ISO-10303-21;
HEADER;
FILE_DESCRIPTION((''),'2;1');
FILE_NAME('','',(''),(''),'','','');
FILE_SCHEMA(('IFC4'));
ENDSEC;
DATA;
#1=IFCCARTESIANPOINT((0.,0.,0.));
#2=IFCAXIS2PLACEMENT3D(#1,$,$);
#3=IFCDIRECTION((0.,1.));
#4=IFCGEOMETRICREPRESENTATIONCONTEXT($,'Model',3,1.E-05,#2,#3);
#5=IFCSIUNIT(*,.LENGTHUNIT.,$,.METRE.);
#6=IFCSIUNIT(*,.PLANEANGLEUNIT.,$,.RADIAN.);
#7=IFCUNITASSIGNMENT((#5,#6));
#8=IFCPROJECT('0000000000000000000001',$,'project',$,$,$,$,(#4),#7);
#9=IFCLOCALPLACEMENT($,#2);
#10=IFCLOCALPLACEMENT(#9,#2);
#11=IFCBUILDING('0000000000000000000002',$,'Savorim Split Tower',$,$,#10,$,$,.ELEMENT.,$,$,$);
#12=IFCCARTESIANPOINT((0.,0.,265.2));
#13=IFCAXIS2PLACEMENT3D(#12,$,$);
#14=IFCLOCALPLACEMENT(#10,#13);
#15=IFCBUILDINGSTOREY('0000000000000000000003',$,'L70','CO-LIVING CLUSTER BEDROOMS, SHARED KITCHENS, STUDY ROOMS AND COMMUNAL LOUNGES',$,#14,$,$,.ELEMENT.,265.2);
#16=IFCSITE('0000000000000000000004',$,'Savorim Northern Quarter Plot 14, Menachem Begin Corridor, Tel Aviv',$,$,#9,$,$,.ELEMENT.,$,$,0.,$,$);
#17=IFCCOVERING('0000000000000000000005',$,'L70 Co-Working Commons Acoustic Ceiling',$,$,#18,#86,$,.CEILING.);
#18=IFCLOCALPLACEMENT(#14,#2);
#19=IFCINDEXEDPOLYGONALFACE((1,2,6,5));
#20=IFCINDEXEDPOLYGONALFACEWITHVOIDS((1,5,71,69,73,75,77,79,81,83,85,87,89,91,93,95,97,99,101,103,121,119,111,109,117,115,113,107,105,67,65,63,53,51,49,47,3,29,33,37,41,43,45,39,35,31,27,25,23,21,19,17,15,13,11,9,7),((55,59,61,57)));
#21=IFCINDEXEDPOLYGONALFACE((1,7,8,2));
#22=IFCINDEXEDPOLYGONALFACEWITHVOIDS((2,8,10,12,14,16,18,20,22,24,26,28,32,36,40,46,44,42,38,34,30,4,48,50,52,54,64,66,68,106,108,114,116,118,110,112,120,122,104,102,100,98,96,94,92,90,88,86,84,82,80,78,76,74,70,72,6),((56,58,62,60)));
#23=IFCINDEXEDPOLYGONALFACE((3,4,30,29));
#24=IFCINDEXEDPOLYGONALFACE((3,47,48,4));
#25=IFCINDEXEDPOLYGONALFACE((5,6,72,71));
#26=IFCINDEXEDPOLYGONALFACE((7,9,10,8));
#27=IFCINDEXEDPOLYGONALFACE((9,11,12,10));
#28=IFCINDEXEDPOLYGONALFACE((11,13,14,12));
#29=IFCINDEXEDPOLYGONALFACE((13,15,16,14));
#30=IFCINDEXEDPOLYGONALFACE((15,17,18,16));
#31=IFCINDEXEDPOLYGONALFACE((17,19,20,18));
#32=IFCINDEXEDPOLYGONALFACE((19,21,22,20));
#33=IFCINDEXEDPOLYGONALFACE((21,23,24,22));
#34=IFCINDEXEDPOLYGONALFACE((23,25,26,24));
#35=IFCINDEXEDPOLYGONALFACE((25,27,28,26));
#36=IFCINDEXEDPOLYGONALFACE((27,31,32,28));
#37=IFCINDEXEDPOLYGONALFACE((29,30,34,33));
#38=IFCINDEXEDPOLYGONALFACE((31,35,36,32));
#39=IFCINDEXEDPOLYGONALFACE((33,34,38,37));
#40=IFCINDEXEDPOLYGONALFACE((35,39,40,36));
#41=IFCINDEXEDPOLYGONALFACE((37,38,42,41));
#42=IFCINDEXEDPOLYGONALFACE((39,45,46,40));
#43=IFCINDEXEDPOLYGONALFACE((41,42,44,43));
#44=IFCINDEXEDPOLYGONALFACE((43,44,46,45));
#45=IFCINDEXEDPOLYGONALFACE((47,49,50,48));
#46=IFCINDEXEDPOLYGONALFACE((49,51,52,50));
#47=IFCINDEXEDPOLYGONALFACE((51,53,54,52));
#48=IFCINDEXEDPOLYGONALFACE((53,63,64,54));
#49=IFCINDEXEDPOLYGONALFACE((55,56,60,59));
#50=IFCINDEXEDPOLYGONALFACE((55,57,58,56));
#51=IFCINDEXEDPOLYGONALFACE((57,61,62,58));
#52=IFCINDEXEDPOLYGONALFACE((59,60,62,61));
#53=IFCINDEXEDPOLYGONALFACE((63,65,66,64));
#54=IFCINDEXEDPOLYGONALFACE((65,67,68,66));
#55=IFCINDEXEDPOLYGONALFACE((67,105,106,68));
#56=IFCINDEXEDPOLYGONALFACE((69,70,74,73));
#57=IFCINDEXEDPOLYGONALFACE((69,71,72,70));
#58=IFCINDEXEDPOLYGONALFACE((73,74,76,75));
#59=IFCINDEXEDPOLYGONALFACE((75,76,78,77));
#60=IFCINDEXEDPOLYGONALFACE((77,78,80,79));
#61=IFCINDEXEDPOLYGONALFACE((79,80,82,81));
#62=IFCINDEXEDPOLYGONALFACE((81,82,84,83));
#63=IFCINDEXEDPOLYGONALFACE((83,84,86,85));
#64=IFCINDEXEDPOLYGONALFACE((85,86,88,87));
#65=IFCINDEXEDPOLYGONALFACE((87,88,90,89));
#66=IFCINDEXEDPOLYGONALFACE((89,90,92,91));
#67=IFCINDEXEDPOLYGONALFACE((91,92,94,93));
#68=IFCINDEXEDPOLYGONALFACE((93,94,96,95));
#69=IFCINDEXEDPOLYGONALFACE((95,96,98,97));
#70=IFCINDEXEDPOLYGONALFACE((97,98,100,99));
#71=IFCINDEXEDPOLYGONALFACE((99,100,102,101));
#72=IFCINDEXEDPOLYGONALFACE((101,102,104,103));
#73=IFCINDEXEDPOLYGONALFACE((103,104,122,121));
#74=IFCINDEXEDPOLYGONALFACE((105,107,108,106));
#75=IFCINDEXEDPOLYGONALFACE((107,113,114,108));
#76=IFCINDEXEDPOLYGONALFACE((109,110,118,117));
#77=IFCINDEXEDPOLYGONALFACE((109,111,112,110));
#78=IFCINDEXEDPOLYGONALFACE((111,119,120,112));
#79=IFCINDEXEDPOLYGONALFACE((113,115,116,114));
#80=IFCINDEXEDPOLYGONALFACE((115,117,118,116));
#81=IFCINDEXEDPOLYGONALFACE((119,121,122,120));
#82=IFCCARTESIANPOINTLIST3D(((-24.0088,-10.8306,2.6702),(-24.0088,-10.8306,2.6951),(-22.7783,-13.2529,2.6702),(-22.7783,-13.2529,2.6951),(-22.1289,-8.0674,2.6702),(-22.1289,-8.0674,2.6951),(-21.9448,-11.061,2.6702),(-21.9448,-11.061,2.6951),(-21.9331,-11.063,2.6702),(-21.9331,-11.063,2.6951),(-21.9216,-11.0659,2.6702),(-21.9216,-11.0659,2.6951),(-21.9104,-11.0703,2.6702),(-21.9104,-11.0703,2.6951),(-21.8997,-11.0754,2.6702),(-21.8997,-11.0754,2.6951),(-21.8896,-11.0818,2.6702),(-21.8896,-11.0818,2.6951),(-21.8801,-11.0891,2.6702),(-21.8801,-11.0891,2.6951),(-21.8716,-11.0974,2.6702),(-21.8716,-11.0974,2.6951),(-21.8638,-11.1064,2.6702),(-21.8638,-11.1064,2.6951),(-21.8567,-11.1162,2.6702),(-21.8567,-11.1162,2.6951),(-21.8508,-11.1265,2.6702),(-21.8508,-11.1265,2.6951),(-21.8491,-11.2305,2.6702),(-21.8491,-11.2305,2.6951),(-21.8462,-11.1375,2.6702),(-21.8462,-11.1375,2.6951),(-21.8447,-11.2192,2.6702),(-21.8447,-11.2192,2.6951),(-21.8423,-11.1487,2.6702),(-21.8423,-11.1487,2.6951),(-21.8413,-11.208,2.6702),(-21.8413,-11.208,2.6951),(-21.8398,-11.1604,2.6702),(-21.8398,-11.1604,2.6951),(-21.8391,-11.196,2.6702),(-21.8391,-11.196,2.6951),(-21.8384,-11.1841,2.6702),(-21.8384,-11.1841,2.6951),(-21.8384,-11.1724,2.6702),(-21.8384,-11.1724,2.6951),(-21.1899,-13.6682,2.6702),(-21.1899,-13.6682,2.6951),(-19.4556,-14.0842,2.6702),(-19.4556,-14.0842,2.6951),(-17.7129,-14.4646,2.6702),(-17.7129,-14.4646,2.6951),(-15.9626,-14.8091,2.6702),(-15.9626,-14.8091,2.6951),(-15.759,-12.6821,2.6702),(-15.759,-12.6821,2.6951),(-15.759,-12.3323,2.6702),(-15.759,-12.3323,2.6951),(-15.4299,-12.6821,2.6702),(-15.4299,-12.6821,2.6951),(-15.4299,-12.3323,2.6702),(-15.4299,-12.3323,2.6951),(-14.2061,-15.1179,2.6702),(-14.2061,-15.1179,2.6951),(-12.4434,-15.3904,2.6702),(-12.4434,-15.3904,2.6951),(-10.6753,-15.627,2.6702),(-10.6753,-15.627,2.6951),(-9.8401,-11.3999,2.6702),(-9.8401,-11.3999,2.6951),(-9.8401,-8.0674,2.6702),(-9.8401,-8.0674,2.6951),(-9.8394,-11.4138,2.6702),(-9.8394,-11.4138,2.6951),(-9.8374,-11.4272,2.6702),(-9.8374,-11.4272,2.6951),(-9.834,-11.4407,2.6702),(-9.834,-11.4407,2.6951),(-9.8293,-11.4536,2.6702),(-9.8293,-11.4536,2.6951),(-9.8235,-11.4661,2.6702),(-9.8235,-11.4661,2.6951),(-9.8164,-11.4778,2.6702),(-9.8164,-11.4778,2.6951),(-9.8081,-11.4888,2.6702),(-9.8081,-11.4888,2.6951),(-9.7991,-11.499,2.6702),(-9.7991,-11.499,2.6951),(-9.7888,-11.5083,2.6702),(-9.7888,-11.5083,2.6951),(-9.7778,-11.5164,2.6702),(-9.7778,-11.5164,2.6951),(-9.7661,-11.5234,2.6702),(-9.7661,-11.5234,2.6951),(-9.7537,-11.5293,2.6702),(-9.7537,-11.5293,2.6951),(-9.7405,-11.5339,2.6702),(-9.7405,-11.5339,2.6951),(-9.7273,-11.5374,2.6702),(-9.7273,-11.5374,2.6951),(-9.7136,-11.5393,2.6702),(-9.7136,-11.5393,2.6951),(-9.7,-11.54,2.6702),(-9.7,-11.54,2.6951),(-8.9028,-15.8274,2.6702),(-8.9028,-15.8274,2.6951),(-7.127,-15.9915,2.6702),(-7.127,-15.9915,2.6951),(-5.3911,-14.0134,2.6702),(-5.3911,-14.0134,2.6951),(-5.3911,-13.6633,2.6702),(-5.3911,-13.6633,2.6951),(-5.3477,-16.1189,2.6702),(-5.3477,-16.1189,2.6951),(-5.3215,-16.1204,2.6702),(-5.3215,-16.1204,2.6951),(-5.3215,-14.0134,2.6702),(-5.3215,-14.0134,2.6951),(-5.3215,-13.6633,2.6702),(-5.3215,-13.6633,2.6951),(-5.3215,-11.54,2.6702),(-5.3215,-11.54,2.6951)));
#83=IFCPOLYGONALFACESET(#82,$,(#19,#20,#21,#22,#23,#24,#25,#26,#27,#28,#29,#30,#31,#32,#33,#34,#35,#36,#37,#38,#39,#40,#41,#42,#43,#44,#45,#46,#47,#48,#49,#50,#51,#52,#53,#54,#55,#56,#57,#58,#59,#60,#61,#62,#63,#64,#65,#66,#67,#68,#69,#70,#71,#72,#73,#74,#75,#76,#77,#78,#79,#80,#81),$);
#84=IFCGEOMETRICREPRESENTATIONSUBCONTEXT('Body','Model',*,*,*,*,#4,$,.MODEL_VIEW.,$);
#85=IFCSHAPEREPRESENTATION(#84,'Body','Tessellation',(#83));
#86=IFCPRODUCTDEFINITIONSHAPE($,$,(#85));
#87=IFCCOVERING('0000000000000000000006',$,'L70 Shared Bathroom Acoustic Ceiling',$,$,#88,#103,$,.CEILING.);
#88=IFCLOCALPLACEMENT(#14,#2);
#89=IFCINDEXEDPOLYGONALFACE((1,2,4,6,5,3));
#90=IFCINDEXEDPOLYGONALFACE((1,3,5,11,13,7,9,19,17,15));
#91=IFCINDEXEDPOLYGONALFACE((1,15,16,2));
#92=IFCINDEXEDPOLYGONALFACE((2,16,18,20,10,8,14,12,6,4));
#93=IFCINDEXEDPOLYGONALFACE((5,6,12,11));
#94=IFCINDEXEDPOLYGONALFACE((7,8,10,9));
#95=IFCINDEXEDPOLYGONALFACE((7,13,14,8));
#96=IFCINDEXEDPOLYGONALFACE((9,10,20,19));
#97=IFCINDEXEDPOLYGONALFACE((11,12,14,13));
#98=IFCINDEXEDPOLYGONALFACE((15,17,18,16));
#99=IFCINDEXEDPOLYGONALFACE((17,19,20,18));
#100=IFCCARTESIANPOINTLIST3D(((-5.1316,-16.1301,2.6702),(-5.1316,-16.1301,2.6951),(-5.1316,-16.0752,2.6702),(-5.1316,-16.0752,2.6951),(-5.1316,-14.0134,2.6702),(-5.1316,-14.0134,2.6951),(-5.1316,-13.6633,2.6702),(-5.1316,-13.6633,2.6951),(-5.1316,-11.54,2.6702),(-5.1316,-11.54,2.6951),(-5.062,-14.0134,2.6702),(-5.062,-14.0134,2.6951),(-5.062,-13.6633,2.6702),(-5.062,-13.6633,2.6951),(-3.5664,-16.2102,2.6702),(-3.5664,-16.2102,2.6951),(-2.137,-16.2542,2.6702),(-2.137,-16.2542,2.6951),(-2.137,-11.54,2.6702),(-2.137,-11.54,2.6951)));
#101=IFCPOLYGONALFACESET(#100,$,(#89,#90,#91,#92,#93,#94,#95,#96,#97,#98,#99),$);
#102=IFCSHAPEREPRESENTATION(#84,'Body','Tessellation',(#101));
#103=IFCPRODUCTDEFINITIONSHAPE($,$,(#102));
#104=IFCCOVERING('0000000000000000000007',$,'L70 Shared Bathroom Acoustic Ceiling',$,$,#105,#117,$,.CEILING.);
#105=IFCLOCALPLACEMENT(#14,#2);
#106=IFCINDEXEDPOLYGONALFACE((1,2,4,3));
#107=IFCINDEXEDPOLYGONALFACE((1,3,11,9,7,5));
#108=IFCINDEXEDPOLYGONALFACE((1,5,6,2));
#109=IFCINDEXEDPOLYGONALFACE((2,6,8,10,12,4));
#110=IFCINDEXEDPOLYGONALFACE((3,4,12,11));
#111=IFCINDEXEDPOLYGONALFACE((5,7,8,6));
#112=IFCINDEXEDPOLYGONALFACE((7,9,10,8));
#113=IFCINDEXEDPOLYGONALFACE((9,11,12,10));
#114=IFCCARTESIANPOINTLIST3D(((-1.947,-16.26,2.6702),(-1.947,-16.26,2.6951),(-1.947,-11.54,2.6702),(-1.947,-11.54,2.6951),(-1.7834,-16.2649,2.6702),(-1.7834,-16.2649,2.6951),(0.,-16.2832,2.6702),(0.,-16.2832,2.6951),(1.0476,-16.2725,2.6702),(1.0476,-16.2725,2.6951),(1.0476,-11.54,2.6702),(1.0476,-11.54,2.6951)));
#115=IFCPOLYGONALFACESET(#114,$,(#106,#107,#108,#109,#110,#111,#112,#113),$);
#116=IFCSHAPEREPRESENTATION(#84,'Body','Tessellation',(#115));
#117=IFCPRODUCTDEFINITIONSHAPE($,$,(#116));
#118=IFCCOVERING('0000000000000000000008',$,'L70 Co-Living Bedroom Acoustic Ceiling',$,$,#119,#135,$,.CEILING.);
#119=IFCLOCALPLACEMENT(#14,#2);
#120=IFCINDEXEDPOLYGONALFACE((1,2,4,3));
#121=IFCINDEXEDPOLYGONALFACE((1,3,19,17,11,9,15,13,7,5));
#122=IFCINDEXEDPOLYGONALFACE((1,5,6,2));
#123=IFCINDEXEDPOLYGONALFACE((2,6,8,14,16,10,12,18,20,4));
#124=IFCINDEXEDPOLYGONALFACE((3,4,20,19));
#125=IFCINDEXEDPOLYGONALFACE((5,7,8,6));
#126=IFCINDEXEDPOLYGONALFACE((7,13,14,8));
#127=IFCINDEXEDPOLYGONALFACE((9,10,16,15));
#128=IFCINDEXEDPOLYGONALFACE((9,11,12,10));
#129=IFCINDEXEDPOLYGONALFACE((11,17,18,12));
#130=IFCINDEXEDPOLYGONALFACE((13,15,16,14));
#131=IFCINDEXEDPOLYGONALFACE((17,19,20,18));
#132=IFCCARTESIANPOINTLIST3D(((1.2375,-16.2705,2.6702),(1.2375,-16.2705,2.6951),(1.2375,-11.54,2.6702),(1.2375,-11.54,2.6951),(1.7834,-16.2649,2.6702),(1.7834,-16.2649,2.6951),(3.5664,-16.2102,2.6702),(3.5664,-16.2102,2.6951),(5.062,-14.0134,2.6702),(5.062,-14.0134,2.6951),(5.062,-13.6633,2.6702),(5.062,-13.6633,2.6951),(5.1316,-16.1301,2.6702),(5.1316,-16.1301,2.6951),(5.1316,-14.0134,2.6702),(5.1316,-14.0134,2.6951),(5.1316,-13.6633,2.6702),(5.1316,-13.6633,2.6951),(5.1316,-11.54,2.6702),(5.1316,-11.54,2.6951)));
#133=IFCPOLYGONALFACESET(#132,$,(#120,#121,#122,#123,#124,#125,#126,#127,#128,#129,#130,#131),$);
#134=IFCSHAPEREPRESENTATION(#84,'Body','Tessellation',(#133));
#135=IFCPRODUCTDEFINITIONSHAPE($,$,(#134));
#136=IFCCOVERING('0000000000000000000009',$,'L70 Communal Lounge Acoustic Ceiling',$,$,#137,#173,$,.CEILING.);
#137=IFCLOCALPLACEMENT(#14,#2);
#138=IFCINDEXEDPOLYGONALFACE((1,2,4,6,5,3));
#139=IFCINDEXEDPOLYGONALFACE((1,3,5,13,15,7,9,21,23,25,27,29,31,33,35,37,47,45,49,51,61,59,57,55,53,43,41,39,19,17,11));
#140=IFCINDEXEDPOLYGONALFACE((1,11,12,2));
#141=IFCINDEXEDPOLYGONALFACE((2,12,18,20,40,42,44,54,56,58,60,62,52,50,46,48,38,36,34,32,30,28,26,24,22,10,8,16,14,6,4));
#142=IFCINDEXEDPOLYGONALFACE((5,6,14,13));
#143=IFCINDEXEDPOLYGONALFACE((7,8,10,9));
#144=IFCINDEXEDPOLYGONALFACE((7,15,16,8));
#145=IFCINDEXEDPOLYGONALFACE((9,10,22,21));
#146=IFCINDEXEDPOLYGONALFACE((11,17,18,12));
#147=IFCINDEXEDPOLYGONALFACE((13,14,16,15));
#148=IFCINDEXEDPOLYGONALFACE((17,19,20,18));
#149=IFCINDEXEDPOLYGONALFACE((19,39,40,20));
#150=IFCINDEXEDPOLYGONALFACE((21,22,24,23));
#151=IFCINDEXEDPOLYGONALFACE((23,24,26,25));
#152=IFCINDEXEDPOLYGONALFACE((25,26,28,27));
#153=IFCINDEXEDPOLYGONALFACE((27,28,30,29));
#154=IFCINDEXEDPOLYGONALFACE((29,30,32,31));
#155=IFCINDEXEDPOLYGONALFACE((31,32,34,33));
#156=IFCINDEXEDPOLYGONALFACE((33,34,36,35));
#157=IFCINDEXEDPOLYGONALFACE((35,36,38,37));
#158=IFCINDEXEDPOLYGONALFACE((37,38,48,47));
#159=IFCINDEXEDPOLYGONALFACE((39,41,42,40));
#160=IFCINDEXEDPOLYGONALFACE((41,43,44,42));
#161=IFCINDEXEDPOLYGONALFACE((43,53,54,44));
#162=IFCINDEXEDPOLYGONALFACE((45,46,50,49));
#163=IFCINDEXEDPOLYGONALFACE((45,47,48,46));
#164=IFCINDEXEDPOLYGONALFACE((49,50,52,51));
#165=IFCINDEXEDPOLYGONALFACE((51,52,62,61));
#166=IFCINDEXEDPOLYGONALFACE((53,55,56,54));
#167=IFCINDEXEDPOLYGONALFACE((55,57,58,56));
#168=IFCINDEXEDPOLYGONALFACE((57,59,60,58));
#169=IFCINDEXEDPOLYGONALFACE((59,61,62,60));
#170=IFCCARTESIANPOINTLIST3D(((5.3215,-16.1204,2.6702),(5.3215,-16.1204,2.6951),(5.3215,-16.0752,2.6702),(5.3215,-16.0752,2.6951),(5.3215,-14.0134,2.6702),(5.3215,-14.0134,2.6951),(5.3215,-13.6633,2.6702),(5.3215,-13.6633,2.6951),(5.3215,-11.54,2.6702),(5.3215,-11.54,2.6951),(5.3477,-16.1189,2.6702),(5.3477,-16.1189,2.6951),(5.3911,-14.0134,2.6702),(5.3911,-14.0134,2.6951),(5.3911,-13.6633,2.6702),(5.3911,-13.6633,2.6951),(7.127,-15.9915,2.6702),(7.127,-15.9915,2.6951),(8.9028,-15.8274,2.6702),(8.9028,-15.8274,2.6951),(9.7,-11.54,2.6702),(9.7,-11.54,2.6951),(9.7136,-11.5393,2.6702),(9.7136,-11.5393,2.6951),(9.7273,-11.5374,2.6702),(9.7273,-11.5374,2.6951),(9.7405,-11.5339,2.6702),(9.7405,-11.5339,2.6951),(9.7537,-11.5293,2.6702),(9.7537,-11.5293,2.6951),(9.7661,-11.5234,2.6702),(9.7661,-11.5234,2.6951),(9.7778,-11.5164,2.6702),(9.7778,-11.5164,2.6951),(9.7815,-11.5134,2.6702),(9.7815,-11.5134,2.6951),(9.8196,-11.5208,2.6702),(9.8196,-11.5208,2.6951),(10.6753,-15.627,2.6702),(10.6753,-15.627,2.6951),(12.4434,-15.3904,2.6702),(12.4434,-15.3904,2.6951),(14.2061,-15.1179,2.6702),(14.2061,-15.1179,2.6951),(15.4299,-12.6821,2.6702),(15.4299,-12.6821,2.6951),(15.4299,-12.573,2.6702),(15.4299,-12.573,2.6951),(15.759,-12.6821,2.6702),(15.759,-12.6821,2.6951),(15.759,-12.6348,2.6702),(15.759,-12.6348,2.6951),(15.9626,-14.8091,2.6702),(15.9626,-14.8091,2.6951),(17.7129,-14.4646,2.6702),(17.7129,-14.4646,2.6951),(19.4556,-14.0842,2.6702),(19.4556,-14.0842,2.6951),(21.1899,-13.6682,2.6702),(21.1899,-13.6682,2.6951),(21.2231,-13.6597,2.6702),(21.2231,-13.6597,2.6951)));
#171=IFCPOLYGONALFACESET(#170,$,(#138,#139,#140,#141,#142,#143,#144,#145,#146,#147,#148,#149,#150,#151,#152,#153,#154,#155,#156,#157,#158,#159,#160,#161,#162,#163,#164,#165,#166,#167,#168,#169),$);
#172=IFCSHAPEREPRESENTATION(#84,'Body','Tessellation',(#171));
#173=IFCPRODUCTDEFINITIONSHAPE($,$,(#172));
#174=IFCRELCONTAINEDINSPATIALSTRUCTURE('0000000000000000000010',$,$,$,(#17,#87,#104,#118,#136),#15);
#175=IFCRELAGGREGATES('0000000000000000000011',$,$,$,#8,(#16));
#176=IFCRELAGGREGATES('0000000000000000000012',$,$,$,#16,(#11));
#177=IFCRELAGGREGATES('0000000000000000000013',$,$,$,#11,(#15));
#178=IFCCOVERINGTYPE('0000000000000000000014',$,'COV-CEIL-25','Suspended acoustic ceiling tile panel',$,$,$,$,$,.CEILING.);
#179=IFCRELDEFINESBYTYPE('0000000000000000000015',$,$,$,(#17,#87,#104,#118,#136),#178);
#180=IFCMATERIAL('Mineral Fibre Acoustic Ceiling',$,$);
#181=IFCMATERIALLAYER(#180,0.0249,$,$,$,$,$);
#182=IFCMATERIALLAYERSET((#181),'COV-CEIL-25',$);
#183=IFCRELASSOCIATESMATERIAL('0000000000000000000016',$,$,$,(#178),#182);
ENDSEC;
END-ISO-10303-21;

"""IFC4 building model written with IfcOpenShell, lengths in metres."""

from ifc_helpers import new_model, si_unit, direction, frame, origin, place, context, subcontext, project, spatial, polyline, outline, extrude, material, layer, layer_set, type_object, element, save


model = new_model("IFC4")

# Units and contexts
model_context = context("Model", 3, precision=1e-05, world=origin(), true_north=direction((0.0, 1.0)))
body_context = subcontext(model_context, "Body", "Model", "MODEL_VIEW")
ifc_project = project(units=[si_unit("LENGTHUNIT", "METRE"), si_unit("PLANEANGLEUNIT", "RADIAN")], contexts=[model_context])

# Site, building, storey
site_placement = place(None, origin())
site = spatial("IfcSite", under=ifc_project, at=site_placement, Name="Savorim Northern Quarter Plot 14, Menachem Begin Corridor, Tel Aviv", CompositionType="ELEMENT", RefElevation=0.0)
building_placement = place(site_placement, origin())
building = spatial("IfcBuilding", under=site, at=building_placement, Name="Savorim Split Tower", CompositionType="ELEMENT")
storey_placement = place(building_placement, frame((0.0, 0.0, 265.2)))
storey = spatial("IfcBuildingStorey", under=building, at=storey_placement, Name="L70", Description="CO-LIVING CLUSTER BEDROOMS, SHARED KITCHENS, STUDY ROOMS AND COMMUNAL LOUNGES", CompositionType="ELEMENT", Elevation=265.2)

# Coverings
ifc_material_1 = material(Name="Mineral Fibre Acoustic Ceiling")
ifc_layer_1 = layer(ifc_material_1, 0.0249)
ifc_layer_set_1 = layer_set([ifc_layer_1], Name="COV-CEIL-25")
covering_type_1 = type_object("IfcCoveringType", Name="COV-CEIL-25", Description="Suspended acoustic ceiling tile panel", PredefinedType="CEILING", material=ifc_layer_set_1)
covering_1_placement = place(storey_placement, frame((0.0, 0.0, 2.6702)))
element("IfcCovering", 1, at=covering_1_placement, inside=storey, type_object=covering_type_1, Name="L70 Co-Working Commons Acoustic Ceiling", PredefinedType="CEILING", context=body_context, shape_type="SweptSolid", body=[
    extrude(outline(polyline([(-21.8384, -11.1724), (-21.8384, -11.1841), (-21.8391, -11.196), (-21.8413, -11.208), (-21.8447, -11.2192), (-21.8491, -11.2305), (-22.7783, -13.2529), (-21.1899, -13.6682), (-19.4556, -14.0842), (-17.7129, -14.4646), (-15.9626, -14.8091), (-14.2061, -15.1179), (-12.4434, -15.3904), (-10.6753, -15.627), (-8.9028, -15.8274), (-7.127, -15.9915), (-5.3477, -16.1189), (-5.3215, -16.1204), (-5.3215, -14.0134), (-5.3911, -14.0134), (-5.3911, -13.6633), (-5.3215, -13.6633), (-5.3215, -11.54), (-9.7, -11.54), (-9.7136, -11.5393), (-9.7273, -11.5374), (-9.7405, -11.5339), (-9.7537, -11.5293), (-9.7661, -11.5234), (-9.7778, -11.5164), (-9.7888, -11.5083), (-9.7991, -11.499), (-9.8081, -11.4888), (-9.8164, -11.4778), (-9.8235, -11.4661), (-9.8293, -11.4536), (-9.834, -11.4407), (-9.8374, -11.4272), (-9.8394, -11.4138), (-9.8401, -11.3999), (-9.8401, -8.0674), (-22.1289, -8.0674), (-24.0088, -10.8306), (-21.9448, -11.061), (-21.9331, -11.063), (-21.9216, -11.0659), (-21.9104, -11.0703), (-21.8997, -11.0754), (-21.8896, -11.0818), (-21.8801, -11.0891), (-21.8716, -11.0974), (-21.8638, -11.1064), (-21.8567, -11.1162), (-21.8508, -11.1265), (-21.8462, -11.1375), (-21.8423, -11.1487), (-21.8398, -11.1604), (-21.8384, -11.1724)]), holes=[polyline([(-15.759, -12.6821), (-15.4299, -12.6821), (-15.4299, -12.3323), (-15.759, -12.3323), (-15.759, -12.6821)])]), origin(), (0.0, 0.0, 1.0), 0.0249),
])
covering_2_placement = place(storey_placement, frame((0.0, 0.0, 2.6702)))
element("IfcCovering", 2, at=covering_2_placement, inside=storey, type_object=covering_type_1, Name="L70 Shared Bathroom Acoustic Ceiling", PredefinedType="CEILING", context=body_context, shape_type="SweptSolid", body=[
    extrude(outline(polyline([(-5.1316, -16.0752), (-5.1316, -16.1301), (-3.5664, -16.2102), (-2.137, -16.2542), (-2.137, -11.54), (-5.1316, -11.54), (-5.1316, -13.6633), (-5.062, -13.6633), (-5.062, -14.0134), (-5.1316, -14.0134), (-5.1316, -16.0752)])), origin(), (0.0, 0.0, 1.0), 0.0249),
])
covering_3_placement = place(storey_placement, frame((0.0, 0.0, 2.6702)))
element("IfcCovering", 3, at=covering_3_placement, inside=storey, type_object=covering_type_1, Name="L70 Shared Bathroom Acoustic Ceiling", PredefinedType="CEILING", context=body_context, shape_type="SweptSolid", body=[
    extrude(outline(polyline([(-1.947, -16.26), (-1.7834, -16.2649), (0.0, -16.2832), (1.0476, -16.2725), (1.0476, -11.54), (-1.947, -11.54), (-1.947, -16.26)])), origin(), (0.0, 0.0, 1.0), 0.0249),
])
covering_4_placement = place(storey_placement, frame((0.0, 0.0, 2.6702)))
element("IfcCovering", 4, at=covering_4_placement, inside=storey, type_object=covering_type_1, Name="L70 Co-Living Bedroom Acoustic Ceiling", PredefinedType="CEILING", context=body_context, shape_type="SweptSolid", body=[
    extrude(outline(polyline([(1.2375, -11.54), (1.2375, -16.2705), (1.7834, -16.2649), (3.5664, -16.2102), (5.1316, -16.1301), (5.1316, -14.0134), (5.062, -14.0134), (5.062, -13.6633), (5.1316, -13.6633), (5.1316, -11.54), (1.2375, -11.54)])), origin(), (0.0, 0.0, 1.0), 0.0249),
])
covering_5_placement = place(storey_placement, frame((0.0, 0.0, 2.6702)))
element("IfcCovering", 5, at=covering_5_placement, inside=storey, type_object=covering_type_1, Name="L70 Communal Lounge Acoustic Ceiling", PredefinedType="CEILING", context=body_context, shape_type="SweptSolid", body=[
    extrude(outline(polyline([(15.9626, -14.8091), (17.7129, -14.4646), (19.4556, -14.0842), (21.1899, -13.6682), (21.2231, -13.6597), (15.759, -12.6348), (15.759, -12.6821), (15.4299, -12.6821), (15.4299, -12.573), (9.8196, -11.5208), (9.7815, -11.5134), (9.7778, -11.5164), (9.7661, -11.5234), (9.7537, -11.5293), (9.7405, -11.5339), (9.7273, -11.5374), (9.7136, -11.5393), (9.7, -11.54), (5.3215, -11.54), (5.3215, -13.6633), (5.3911, -13.6633), (5.3911, -14.0134), (5.3215, -14.0134), (5.3215, -16.0752), (5.3215, -16.1204), (5.3477, -16.1189), (7.127, -15.9915), (8.9028, -15.8274), (10.6753, -15.627), (12.4434, -15.3904), (14.2061, -15.1179), (15.9626, -14.8091)])), origin(), (0.0, 0.0, 1.0), 0.0249),
])

save(model, "model.ifc")
